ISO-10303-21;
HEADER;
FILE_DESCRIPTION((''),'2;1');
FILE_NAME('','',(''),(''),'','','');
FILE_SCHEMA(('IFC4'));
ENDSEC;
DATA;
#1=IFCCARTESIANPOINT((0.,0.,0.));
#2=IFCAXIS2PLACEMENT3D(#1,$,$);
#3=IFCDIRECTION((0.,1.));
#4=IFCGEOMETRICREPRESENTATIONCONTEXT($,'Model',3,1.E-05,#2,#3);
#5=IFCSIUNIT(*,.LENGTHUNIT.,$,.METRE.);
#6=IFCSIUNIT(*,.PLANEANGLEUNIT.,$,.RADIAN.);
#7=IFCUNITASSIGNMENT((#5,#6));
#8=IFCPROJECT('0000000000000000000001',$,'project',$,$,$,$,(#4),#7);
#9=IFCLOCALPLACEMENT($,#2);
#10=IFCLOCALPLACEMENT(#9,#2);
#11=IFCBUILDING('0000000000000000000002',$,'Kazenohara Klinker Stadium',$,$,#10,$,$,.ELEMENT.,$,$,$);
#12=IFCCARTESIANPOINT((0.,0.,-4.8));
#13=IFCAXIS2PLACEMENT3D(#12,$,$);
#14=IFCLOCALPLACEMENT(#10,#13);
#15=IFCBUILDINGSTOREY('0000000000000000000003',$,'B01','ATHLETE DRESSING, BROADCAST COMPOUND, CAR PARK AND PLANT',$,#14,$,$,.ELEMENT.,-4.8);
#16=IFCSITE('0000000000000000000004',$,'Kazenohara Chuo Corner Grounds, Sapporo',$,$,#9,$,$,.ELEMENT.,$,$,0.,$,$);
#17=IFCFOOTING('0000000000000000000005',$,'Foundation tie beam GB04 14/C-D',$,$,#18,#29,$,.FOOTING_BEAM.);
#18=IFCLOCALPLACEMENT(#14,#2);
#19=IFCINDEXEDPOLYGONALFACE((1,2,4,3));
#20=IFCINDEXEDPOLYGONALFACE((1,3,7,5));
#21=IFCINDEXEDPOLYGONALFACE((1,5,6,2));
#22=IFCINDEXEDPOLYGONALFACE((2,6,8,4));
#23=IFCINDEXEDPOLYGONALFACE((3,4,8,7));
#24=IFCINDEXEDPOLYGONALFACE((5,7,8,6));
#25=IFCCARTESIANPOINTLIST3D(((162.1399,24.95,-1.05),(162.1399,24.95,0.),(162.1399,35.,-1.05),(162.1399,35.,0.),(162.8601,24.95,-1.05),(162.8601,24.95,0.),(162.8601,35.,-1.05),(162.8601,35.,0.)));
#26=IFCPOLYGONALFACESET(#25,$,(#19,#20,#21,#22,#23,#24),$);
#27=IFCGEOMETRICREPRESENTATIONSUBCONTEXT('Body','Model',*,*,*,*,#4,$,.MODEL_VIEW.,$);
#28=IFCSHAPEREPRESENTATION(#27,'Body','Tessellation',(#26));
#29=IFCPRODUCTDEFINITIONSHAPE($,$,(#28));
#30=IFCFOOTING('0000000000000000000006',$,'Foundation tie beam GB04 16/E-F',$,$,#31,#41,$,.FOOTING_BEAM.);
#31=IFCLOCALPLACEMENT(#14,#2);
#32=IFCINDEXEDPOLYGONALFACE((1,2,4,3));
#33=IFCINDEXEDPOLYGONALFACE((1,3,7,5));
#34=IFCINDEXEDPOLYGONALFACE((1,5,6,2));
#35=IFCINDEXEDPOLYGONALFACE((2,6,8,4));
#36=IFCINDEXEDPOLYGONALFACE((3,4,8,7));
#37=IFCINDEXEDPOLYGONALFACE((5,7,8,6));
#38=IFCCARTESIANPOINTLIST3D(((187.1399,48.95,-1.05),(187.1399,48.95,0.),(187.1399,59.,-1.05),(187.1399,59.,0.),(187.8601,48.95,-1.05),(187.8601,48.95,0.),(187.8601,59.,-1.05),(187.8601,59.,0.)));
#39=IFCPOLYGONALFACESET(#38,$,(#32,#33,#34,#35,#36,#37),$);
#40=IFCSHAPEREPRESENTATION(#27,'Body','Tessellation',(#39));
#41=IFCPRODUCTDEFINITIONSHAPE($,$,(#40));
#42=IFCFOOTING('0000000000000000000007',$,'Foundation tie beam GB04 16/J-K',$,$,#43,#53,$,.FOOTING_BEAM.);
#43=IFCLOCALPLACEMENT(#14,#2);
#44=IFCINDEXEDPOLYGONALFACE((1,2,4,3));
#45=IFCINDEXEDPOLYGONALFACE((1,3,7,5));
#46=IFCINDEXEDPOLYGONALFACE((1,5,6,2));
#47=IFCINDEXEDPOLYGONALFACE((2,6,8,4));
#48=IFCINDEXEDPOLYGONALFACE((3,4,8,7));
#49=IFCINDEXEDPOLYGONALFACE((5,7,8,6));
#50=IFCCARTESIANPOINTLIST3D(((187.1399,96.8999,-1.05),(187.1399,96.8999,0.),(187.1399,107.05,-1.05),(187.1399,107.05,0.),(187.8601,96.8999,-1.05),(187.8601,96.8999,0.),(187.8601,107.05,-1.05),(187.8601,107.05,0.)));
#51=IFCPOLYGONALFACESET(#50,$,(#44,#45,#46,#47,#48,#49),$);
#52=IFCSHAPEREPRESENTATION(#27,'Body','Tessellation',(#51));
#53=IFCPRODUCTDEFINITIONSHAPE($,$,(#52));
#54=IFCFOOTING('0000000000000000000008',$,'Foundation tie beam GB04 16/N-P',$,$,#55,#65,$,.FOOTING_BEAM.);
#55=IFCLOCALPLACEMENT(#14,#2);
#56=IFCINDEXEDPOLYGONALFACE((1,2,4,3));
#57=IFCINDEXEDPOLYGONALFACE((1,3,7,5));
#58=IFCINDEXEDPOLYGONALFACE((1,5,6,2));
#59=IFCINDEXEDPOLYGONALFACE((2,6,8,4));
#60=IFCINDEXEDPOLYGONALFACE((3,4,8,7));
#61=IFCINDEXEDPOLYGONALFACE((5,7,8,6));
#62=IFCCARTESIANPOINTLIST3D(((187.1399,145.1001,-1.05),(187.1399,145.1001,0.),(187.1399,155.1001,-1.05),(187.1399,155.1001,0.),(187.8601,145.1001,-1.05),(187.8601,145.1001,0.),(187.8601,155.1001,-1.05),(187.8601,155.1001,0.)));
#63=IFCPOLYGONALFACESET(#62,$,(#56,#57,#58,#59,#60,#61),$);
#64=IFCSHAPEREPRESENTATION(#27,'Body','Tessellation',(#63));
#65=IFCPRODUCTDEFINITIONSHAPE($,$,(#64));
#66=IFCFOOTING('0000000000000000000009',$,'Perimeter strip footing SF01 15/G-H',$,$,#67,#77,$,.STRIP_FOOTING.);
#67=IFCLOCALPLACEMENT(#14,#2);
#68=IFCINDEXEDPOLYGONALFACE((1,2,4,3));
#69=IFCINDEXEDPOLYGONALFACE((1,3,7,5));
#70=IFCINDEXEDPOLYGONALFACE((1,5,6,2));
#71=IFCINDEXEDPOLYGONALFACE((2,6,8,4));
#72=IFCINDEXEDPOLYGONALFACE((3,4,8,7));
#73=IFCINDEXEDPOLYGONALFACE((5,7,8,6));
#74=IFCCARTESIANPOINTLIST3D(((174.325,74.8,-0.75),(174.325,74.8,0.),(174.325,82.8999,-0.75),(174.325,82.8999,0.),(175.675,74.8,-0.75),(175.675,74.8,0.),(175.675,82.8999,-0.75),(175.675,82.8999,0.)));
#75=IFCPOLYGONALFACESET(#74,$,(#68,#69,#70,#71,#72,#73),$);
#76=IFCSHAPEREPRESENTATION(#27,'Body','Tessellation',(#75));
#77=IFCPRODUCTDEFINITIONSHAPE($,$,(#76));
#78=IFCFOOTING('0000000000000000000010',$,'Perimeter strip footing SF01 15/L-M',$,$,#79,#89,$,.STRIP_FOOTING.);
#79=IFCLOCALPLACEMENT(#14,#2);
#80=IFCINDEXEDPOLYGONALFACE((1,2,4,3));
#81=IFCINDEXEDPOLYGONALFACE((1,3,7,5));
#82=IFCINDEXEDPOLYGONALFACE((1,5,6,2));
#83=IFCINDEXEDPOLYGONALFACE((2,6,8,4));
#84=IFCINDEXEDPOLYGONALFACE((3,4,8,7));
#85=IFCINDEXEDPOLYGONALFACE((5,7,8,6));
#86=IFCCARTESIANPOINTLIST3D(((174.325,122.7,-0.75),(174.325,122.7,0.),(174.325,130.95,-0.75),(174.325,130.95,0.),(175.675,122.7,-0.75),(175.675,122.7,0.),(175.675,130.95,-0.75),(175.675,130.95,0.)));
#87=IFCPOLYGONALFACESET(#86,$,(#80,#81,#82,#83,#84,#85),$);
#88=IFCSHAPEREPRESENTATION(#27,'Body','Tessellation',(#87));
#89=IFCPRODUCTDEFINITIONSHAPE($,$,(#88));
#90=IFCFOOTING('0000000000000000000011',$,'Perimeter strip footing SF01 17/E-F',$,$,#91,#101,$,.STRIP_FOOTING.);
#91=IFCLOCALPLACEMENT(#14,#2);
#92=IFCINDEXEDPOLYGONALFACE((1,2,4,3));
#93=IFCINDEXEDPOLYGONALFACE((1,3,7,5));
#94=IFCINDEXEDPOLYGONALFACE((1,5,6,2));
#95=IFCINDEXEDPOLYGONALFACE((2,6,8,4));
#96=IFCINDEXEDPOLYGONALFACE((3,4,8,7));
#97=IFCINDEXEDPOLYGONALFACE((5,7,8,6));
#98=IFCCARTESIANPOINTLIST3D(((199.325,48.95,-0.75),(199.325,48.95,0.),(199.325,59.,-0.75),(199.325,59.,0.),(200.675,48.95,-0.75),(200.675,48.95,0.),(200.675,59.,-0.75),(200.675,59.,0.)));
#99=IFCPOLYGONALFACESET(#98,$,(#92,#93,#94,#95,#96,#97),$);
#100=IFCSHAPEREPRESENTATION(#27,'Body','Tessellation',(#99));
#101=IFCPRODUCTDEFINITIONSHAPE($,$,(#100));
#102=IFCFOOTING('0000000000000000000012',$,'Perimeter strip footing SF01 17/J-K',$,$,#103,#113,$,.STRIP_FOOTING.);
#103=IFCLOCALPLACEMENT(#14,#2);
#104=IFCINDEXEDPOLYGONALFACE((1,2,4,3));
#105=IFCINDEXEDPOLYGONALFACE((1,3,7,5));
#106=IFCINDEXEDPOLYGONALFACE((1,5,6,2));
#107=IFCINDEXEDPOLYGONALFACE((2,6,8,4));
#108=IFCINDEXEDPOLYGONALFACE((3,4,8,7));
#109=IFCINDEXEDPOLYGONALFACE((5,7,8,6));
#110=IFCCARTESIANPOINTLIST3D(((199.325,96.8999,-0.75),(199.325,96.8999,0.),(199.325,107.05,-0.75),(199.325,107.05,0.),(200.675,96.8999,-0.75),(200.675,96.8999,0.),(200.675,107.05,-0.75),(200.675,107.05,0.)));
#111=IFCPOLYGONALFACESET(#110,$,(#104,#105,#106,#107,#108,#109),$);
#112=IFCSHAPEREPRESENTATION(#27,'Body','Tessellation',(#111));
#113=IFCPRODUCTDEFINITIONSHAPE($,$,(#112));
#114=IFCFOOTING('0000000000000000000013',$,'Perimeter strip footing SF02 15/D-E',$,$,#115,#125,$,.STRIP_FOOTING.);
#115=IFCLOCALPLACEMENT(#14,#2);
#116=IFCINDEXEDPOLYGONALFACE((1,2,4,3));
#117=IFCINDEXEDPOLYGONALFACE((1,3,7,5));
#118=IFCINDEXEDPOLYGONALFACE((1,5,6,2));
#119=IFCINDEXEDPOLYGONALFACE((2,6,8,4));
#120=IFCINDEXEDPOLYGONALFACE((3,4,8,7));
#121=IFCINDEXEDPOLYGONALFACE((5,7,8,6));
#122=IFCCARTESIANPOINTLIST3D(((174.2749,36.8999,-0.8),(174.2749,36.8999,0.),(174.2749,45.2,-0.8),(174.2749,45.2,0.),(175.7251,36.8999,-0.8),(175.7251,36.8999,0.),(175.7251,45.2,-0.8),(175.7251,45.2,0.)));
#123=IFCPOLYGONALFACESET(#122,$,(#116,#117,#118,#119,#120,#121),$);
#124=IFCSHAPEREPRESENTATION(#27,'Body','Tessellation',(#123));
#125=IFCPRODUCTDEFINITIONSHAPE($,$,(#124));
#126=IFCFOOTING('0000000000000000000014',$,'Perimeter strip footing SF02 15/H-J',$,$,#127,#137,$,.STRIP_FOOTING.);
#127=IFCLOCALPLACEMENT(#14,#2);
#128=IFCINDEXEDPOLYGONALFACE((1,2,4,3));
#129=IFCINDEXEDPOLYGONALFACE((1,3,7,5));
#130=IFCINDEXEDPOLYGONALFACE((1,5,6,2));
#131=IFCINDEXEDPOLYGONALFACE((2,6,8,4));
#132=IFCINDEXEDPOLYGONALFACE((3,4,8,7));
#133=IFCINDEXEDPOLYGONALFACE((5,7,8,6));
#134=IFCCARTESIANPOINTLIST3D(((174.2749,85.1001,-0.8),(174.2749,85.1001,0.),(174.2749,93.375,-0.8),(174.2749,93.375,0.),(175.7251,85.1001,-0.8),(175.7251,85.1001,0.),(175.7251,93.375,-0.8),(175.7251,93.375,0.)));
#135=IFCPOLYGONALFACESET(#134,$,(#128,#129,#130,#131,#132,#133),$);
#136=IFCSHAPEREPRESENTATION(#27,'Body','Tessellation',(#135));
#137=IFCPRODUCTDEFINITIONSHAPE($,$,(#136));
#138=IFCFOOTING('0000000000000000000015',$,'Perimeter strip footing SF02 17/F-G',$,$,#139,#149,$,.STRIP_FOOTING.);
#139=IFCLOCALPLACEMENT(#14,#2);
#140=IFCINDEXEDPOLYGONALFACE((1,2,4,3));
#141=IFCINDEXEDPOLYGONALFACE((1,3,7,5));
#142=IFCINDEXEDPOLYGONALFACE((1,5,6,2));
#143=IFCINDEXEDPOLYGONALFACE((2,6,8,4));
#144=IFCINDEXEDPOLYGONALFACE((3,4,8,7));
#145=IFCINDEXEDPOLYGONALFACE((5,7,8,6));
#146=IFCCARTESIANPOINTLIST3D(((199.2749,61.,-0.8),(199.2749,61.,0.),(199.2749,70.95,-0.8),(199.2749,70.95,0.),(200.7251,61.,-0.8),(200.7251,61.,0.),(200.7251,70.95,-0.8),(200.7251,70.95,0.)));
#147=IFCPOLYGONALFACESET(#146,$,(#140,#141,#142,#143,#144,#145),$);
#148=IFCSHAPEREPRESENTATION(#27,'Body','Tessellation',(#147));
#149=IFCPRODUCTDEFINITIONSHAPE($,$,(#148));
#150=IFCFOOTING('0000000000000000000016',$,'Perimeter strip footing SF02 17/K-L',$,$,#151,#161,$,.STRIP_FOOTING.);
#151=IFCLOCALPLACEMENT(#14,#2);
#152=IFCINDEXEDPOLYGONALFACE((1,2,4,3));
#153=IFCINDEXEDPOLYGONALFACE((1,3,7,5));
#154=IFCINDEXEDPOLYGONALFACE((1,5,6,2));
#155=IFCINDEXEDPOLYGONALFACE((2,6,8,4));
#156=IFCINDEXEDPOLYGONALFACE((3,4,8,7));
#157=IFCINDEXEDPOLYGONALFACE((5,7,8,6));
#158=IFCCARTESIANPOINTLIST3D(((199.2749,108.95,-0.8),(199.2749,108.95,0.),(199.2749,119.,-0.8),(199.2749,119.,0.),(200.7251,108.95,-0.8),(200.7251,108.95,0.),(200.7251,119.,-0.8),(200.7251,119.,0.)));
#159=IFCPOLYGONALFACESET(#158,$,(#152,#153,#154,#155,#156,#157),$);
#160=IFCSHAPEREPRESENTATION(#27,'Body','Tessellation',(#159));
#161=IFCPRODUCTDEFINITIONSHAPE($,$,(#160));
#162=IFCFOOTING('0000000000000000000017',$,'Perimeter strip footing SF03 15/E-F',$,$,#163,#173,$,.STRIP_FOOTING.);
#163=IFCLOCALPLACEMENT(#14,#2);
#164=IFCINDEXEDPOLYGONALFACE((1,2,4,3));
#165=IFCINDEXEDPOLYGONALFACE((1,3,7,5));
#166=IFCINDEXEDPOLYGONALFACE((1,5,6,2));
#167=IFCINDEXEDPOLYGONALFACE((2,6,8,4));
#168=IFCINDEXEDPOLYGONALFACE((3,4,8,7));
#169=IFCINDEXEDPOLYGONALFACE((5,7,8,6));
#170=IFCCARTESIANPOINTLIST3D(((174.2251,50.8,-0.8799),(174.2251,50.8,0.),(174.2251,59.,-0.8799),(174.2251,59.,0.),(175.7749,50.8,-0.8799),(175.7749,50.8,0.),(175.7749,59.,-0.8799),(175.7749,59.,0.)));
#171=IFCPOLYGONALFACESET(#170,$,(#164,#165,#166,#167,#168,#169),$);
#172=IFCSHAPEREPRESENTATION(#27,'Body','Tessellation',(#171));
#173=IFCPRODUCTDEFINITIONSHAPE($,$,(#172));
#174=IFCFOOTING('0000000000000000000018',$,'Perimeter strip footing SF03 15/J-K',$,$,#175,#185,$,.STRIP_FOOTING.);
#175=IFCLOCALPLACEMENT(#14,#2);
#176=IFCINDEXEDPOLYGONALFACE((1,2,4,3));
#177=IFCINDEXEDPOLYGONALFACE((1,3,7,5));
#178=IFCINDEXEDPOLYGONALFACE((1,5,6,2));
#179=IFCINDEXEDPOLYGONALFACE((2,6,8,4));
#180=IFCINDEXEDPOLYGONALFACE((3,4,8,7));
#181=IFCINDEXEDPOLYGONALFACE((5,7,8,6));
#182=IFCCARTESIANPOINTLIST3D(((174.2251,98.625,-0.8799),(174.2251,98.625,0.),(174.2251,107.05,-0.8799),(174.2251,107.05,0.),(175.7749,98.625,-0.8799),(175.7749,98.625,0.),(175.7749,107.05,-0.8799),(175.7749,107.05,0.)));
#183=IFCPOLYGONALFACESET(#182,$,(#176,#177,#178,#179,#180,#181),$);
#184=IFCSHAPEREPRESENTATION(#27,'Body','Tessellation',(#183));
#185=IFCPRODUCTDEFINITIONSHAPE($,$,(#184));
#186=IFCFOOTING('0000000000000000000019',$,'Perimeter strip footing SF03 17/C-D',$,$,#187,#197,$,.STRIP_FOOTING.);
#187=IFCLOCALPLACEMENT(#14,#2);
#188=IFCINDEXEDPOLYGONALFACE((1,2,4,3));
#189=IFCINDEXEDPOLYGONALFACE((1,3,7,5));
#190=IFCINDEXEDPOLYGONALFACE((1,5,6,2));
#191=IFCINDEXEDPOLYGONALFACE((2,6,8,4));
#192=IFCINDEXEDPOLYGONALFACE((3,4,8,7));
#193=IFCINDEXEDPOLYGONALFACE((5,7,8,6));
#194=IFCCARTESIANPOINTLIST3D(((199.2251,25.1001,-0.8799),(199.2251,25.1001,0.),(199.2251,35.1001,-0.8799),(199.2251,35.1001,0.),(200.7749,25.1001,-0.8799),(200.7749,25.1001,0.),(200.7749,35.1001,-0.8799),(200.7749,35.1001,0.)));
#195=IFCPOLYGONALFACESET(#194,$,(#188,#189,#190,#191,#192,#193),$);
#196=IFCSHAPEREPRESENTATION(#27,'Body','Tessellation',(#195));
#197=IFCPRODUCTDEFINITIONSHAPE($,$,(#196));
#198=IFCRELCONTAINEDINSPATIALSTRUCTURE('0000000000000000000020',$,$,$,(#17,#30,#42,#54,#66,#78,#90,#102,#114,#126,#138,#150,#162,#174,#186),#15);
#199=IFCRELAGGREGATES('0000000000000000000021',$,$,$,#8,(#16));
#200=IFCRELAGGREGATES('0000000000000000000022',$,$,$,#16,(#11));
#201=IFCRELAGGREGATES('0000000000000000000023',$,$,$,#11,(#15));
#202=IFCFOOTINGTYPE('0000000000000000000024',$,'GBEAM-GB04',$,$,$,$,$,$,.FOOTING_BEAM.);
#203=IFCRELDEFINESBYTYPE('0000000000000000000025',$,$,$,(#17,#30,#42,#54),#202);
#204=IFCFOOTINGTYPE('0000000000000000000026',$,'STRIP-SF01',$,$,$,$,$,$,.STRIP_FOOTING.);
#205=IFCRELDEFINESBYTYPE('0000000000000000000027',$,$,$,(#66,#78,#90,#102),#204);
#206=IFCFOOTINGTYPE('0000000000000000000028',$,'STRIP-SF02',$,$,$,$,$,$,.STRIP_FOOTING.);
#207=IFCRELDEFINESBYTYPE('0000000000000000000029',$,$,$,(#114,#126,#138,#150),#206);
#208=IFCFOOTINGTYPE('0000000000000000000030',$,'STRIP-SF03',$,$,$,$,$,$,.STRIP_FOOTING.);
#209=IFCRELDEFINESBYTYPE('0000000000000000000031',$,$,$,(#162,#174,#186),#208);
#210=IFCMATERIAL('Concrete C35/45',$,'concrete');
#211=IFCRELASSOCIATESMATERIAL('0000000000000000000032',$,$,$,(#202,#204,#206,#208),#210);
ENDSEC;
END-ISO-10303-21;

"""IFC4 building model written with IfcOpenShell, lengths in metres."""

from ifc_helpers import new_model, si_unit, direction, frame, origin, place, context, subcontext, project, spatial, polyline, outline, extrude, material, type_object, element, save


model = new_model("IFC4")

# Units and contexts
model_context = context("Model", 3, precision=1e-05, world=origin(), true_north=direction((0.0, 1.0)))
body_context = subcontext(model_context, "Body", "Model", "MODEL_VIEW")
ifc_project = project(units=[si_unit("LENGTHUNIT", "METRE"), si_unit("PLANEANGLEUNIT", "RADIAN")], contexts=[model_context])

# Site, building, storey
site_placement = place(None, origin())
site = spatial("IfcSite", under=ifc_project, at=site_placement, Name="Kazenohara Chuo Corner Grounds, Sapporo", CompositionType="ELEMENT", RefElevation=0.0)
building_placement = place(site_placement, origin())
building = spatial("IfcBuilding", under=site, at=building_placement, Name="Kazenohara Klinker Stadium", CompositionType="ELEMENT")
storey_placement = place(building_placement, frame((0.0, 0.0, -4.8)))
storey = spatial("IfcBuildingStorey", under=building, at=storey_placement, Name="B01", Description="ATHLETE DRESSING, BROADCAST COMPOUND, CAR PARK AND PLANT", CompositionType="ELEMENT", Elevation=-4.8)

# Footings
ifc_material = material(Name="Concrete C35/45", Category="concrete")
footing_type_1 = type_object("IfcFootingType", Name="GBEAM-GB04", PredefinedType="FOOTING_BEAM", material=ifc_material)
footing_1_placement = place(storey_placement, frame((0.0, 0.0, -1.05)))
element("IfcFooting", 1, at=footing_1_placement, inside=storey, type_object=footing_type_1, Name="Foundation tie beam GB04 14/C-D", PredefinedType="FOOTING_BEAM", context=body_context, shape_type="SweptSolid", body=[
    extrude(outline(polyline([(162.1399, 24.95), (162.8601, 24.95), (162.8601, 35.0), (162.1399, 35.0), (162.1399, 24.95)])), origin(), (0.0, 0.0, 1.0), 1.05),
])
footing_2_placement = place(storey_placement, frame((0.0, 0.0, -1.05)))
element("IfcFooting", 2, at=footing_2_placement, inside=storey, type_object=footing_type_1, Name="Foundation tie beam GB04 16/E-F", PredefinedType="FOOTING_BEAM", context=body_context, shape_type="SweptSolid", body=[
    extrude(outline(polyline([(187.1399, 48.95), (187.8601, 48.95), (187.8601, 59.0), (187.1399, 59.0), (187.1399, 48.95)])), origin(), (0.0, 0.0, 1.0), 1.05),
])
footing_3_placement = place(storey_placement, frame((0.0, 0.0, -1.05)))
element("IfcFooting", 3, at=footing_3_placement, inside=storey, type_object=footing_type_1, Name="Foundation tie beam GB04 16/J-K", PredefinedType="FOOTING_BEAM", context=body_context, shape_type="SweptSolid", body=[
    extrude(outline(polyline([(187.1399, 96.8999), (187.8601, 96.8999), (187.8601, 107.05), (187.1399, 107.05), (187.1399, 96.8999)])), origin(), (0.0, 0.0, 1.0), 1.05),
])
footing_4_placement = place(storey_placement, frame((0.0, 0.0, -1.05)))
element("IfcFooting", 4, at=footing_4_placement, inside=storey, type_object=footing_type_1, Name="Foundation tie beam GB04 16/N-P", PredefinedType="FOOTING_BEAM", context=body_context, shape_type="SweptSolid", body=[
    extrude(outline(polyline([(187.1399, 145.1001), (187.8601, 145.1001), (187.8601, 155.1001), (187.1399, 155.1001), (187.1399, 145.1001)])), origin(), (0.0, 0.0, 1.0), 1.05),
])
footing_type_2 = type_object("IfcFootingType", Name="STRIP-SF01", PredefinedType="STRIP_FOOTING", material=ifc_material)
footing_5_placement = place(storey_placement, frame((0.0, 0.0, -0.75)))
element("IfcFooting", 5, at=footing_5_placement, inside=storey, type_object=footing_type_2, Name="Perimeter strip footing SF01 15/G-H", PredefinedType="STRIP_FOOTING", context=body_context, shape_type="SweptSolid", body=[
    extrude(outline(polyline([(174.325, 74.8), (175.675, 74.8), (175.675, 82.8999), (174.325, 82.8999), (174.325, 74.8)])), origin(), (0.0, 0.0, 1.0), 0.75),
])
footing_6_placement = place(storey_placement, frame((0.0, 0.0, -0.75)))
element("IfcFooting", 6, at=footing_6_placement, inside=storey, type_object=footing_type_2, Name="Perimeter strip footing SF01 15/L-M", PredefinedType="STRIP_FOOTING", context=body_context, shape_type="SweptSolid", body=[
    extrude(outline(polyline([(174.325, 122.7), (175.675, 122.7), (175.675, 130.95), (174.325, 130.95), (174.325, 122.7)])), origin(), (0.0, 0.0, 1.0), 0.75),
])
footing_7_placement = place(storey_placement, frame((0.0, 0.0, -0.75)))
element("IfcFooting", 7, at=footing_7_placement, inside=storey, type_object=footing_type_2, Name="Perimeter strip footing SF01 17/E-F", PredefinedType="STRIP_FOOTING", context=body_context, shape_type="SweptSolid", body=[
    extrude(outline(polyline([(199.325, 48.95), (200.675, 48.95), (200.675, 59.0), (199.325, 59.0), (199.325, 48.95)])), origin(), (0.0, 0.0, 1.0), 0.75),
])
footing_8_placement = place(storey_placement, frame((0.0, 0.0, -0.75)))
element("IfcFooting", 8, at=footing_8_placement, inside=storey, type_object=footing_type_2, Name="Perimeter strip footing SF01 17/J-K", PredefinedType="STRIP_FOOTING", context=body_context, shape_type="SweptSolid", body=[
    extrude(outline(polyline([(199.325, 96.8999), (200.675, 96.8999), (200.675, 107.05), (199.325, 107.05), (199.325, 96.8999)])), origin(), (0.0, 0.0, 1.0), 0.75),
])
footing_type_3 = type_object("IfcFootingType", Name="STRIP-SF02", PredefinedType="STRIP_FOOTING", material=ifc_material)
footing_9_placement = place(storey_placement, frame((0.0, 0.0, -0.8)))
element("IfcFooting", 9, at=footing_9_placement, inside=storey, type_object=footing_type_3, Name="Perimeter strip footing SF02 15/D-E", PredefinedType="STRIP_FOOTING", context=body_context, shape_type="SweptSolid", body=[
    extrude(outline(polyline([(174.2749, 36.8999), (175.7251, 36.8999), (175.7251, 45.2), (174.2749, 45.2), (174.2749, 36.8999)])), origin(), (0.0, 0.0, 1.0), 0.8),
])
footing_10_placement = place(storey_placement, frame((0.0, 0.0, -0.8)))
element("IfcFooting", 10, at=footing_10_placement, inside=storey, type_object=footing_type_3, Name="Perimeter strip footing SF02 15/H-J", PredefinedType="STRIP_FOOTING", context=body_context, shape_type="SweptSolid", body=[
    extrude(outline(polyline([(174.2749, 85.1001), (175.7251, 85.1001), (175.7251, 93.375), (174.2749, 93.375), (174.2749, 85.1001)])), origin(), (0.0, 0.0, 1.0), 0.8),
])
footing_11_placement = place(storey_placement, frame((0.0, 0.0, -0.8)))
element("IfcFooting", 11, at=footing_11_placement, inside=storey, type_object=footing_type_3, Name="Perimeter strip footing SF02 17/F-G", PredefinedType="STRIP_FOOTING", context=body_context, shape_type="SweptSolid", body=[
    extrude(outline(polyline([(199.2749, 61.0), (200.7251, 61.0), (200.7251, 70.95), (199.2749, 70.95), (199.2749, 61.0)])), origin(), (0.0, 0.0, 1.0), 0.8),
])
footing_12_placement = place(storey_placement, frame((0.0, 0.0, -0.8)))
element("IfcFooting", 12, at=footing_12_placement, inside=storey, type_object=footing_type_3, Name="Perimeter strip footing SF02 17/K-L", PredefinedType="STRIP_FOOTING", context=body_context, shape_type="SweptSolid", body=[
    extrude(outline(polyline([(199.2749, 108.95), (200.7251, 108.95), (200.7251, 119.0), (199.2749, 119.0), (199.2749, 108.95)])), origin(), (0.0, 0.0, 1.0), 0.8),
])
footing_type_4 = type_object("IfcFootingType", Name="STRIP-SF03", PredefinedType="STRIP_FOOTING", material=ifc_material)
footing_13_placement = place(storey_placement, frame((0.0, 0.0, -0.8799)))
element("IfcFooting", 13, at=footing_13_placement, inside=storey, type_object=footing_type_4, Name="Perimeter strip footing SF03 15/E-F", PredefinedType="STRIP_FOOTING", context=body_context, shape_type="SweptSolid", body=[
    extrude(outline(polyline([(174.2251, 50.8), (175.7749, 50.8), (175.7749, 59.0), (174.2251, 59.0), (174.2251, 50.8)])), origin(), (0.0, 0.0, 1.0), 0.8799),
])
footing_14_placement = place(storey_placement, frame((0.0, 0.0, -0.8799)))
element("IfcFooting", 14, at=footing_14_placement, inside=storey, type_object=footing_type_4, Name="Perimeter strip footing SF03 15/J-K", PredefinedType="STRIP_FOOTING", context=body_context, shape_type="SweptSolid", body=[
    extrude(outline(polyline([(174.2251, 98.625), (175.7749, 98.625), (175.7749, 107.05), (174.2251, 107.05), (174.2251, 98.625)])), origin(), (0.0, 0.0, 1.0), 0.8799),
])
footing_15_placement = place(storey_placement, frame((0.0, 0.0, -0.8799)))
element("IfcFooting", 15, at=footing_15_placement, inside=storey, type_object=footing_type_4, Name="Perimeter strip footing SF03 17/C-D", PredefinedType="STRIP_FOOTING", context=body_context, shape_type="SweptSolid", body=[
    extrude(outline(polyline([(199.2251, 25.1001), (200.7749, 25.1001), (200.7749, 35.1001), (199.2251, 35.1001), (199.2251, 25.1001)])), origin(), (0.0, 0.0, 1.0), 0.8799),
])

save(model, "model.ifc")
